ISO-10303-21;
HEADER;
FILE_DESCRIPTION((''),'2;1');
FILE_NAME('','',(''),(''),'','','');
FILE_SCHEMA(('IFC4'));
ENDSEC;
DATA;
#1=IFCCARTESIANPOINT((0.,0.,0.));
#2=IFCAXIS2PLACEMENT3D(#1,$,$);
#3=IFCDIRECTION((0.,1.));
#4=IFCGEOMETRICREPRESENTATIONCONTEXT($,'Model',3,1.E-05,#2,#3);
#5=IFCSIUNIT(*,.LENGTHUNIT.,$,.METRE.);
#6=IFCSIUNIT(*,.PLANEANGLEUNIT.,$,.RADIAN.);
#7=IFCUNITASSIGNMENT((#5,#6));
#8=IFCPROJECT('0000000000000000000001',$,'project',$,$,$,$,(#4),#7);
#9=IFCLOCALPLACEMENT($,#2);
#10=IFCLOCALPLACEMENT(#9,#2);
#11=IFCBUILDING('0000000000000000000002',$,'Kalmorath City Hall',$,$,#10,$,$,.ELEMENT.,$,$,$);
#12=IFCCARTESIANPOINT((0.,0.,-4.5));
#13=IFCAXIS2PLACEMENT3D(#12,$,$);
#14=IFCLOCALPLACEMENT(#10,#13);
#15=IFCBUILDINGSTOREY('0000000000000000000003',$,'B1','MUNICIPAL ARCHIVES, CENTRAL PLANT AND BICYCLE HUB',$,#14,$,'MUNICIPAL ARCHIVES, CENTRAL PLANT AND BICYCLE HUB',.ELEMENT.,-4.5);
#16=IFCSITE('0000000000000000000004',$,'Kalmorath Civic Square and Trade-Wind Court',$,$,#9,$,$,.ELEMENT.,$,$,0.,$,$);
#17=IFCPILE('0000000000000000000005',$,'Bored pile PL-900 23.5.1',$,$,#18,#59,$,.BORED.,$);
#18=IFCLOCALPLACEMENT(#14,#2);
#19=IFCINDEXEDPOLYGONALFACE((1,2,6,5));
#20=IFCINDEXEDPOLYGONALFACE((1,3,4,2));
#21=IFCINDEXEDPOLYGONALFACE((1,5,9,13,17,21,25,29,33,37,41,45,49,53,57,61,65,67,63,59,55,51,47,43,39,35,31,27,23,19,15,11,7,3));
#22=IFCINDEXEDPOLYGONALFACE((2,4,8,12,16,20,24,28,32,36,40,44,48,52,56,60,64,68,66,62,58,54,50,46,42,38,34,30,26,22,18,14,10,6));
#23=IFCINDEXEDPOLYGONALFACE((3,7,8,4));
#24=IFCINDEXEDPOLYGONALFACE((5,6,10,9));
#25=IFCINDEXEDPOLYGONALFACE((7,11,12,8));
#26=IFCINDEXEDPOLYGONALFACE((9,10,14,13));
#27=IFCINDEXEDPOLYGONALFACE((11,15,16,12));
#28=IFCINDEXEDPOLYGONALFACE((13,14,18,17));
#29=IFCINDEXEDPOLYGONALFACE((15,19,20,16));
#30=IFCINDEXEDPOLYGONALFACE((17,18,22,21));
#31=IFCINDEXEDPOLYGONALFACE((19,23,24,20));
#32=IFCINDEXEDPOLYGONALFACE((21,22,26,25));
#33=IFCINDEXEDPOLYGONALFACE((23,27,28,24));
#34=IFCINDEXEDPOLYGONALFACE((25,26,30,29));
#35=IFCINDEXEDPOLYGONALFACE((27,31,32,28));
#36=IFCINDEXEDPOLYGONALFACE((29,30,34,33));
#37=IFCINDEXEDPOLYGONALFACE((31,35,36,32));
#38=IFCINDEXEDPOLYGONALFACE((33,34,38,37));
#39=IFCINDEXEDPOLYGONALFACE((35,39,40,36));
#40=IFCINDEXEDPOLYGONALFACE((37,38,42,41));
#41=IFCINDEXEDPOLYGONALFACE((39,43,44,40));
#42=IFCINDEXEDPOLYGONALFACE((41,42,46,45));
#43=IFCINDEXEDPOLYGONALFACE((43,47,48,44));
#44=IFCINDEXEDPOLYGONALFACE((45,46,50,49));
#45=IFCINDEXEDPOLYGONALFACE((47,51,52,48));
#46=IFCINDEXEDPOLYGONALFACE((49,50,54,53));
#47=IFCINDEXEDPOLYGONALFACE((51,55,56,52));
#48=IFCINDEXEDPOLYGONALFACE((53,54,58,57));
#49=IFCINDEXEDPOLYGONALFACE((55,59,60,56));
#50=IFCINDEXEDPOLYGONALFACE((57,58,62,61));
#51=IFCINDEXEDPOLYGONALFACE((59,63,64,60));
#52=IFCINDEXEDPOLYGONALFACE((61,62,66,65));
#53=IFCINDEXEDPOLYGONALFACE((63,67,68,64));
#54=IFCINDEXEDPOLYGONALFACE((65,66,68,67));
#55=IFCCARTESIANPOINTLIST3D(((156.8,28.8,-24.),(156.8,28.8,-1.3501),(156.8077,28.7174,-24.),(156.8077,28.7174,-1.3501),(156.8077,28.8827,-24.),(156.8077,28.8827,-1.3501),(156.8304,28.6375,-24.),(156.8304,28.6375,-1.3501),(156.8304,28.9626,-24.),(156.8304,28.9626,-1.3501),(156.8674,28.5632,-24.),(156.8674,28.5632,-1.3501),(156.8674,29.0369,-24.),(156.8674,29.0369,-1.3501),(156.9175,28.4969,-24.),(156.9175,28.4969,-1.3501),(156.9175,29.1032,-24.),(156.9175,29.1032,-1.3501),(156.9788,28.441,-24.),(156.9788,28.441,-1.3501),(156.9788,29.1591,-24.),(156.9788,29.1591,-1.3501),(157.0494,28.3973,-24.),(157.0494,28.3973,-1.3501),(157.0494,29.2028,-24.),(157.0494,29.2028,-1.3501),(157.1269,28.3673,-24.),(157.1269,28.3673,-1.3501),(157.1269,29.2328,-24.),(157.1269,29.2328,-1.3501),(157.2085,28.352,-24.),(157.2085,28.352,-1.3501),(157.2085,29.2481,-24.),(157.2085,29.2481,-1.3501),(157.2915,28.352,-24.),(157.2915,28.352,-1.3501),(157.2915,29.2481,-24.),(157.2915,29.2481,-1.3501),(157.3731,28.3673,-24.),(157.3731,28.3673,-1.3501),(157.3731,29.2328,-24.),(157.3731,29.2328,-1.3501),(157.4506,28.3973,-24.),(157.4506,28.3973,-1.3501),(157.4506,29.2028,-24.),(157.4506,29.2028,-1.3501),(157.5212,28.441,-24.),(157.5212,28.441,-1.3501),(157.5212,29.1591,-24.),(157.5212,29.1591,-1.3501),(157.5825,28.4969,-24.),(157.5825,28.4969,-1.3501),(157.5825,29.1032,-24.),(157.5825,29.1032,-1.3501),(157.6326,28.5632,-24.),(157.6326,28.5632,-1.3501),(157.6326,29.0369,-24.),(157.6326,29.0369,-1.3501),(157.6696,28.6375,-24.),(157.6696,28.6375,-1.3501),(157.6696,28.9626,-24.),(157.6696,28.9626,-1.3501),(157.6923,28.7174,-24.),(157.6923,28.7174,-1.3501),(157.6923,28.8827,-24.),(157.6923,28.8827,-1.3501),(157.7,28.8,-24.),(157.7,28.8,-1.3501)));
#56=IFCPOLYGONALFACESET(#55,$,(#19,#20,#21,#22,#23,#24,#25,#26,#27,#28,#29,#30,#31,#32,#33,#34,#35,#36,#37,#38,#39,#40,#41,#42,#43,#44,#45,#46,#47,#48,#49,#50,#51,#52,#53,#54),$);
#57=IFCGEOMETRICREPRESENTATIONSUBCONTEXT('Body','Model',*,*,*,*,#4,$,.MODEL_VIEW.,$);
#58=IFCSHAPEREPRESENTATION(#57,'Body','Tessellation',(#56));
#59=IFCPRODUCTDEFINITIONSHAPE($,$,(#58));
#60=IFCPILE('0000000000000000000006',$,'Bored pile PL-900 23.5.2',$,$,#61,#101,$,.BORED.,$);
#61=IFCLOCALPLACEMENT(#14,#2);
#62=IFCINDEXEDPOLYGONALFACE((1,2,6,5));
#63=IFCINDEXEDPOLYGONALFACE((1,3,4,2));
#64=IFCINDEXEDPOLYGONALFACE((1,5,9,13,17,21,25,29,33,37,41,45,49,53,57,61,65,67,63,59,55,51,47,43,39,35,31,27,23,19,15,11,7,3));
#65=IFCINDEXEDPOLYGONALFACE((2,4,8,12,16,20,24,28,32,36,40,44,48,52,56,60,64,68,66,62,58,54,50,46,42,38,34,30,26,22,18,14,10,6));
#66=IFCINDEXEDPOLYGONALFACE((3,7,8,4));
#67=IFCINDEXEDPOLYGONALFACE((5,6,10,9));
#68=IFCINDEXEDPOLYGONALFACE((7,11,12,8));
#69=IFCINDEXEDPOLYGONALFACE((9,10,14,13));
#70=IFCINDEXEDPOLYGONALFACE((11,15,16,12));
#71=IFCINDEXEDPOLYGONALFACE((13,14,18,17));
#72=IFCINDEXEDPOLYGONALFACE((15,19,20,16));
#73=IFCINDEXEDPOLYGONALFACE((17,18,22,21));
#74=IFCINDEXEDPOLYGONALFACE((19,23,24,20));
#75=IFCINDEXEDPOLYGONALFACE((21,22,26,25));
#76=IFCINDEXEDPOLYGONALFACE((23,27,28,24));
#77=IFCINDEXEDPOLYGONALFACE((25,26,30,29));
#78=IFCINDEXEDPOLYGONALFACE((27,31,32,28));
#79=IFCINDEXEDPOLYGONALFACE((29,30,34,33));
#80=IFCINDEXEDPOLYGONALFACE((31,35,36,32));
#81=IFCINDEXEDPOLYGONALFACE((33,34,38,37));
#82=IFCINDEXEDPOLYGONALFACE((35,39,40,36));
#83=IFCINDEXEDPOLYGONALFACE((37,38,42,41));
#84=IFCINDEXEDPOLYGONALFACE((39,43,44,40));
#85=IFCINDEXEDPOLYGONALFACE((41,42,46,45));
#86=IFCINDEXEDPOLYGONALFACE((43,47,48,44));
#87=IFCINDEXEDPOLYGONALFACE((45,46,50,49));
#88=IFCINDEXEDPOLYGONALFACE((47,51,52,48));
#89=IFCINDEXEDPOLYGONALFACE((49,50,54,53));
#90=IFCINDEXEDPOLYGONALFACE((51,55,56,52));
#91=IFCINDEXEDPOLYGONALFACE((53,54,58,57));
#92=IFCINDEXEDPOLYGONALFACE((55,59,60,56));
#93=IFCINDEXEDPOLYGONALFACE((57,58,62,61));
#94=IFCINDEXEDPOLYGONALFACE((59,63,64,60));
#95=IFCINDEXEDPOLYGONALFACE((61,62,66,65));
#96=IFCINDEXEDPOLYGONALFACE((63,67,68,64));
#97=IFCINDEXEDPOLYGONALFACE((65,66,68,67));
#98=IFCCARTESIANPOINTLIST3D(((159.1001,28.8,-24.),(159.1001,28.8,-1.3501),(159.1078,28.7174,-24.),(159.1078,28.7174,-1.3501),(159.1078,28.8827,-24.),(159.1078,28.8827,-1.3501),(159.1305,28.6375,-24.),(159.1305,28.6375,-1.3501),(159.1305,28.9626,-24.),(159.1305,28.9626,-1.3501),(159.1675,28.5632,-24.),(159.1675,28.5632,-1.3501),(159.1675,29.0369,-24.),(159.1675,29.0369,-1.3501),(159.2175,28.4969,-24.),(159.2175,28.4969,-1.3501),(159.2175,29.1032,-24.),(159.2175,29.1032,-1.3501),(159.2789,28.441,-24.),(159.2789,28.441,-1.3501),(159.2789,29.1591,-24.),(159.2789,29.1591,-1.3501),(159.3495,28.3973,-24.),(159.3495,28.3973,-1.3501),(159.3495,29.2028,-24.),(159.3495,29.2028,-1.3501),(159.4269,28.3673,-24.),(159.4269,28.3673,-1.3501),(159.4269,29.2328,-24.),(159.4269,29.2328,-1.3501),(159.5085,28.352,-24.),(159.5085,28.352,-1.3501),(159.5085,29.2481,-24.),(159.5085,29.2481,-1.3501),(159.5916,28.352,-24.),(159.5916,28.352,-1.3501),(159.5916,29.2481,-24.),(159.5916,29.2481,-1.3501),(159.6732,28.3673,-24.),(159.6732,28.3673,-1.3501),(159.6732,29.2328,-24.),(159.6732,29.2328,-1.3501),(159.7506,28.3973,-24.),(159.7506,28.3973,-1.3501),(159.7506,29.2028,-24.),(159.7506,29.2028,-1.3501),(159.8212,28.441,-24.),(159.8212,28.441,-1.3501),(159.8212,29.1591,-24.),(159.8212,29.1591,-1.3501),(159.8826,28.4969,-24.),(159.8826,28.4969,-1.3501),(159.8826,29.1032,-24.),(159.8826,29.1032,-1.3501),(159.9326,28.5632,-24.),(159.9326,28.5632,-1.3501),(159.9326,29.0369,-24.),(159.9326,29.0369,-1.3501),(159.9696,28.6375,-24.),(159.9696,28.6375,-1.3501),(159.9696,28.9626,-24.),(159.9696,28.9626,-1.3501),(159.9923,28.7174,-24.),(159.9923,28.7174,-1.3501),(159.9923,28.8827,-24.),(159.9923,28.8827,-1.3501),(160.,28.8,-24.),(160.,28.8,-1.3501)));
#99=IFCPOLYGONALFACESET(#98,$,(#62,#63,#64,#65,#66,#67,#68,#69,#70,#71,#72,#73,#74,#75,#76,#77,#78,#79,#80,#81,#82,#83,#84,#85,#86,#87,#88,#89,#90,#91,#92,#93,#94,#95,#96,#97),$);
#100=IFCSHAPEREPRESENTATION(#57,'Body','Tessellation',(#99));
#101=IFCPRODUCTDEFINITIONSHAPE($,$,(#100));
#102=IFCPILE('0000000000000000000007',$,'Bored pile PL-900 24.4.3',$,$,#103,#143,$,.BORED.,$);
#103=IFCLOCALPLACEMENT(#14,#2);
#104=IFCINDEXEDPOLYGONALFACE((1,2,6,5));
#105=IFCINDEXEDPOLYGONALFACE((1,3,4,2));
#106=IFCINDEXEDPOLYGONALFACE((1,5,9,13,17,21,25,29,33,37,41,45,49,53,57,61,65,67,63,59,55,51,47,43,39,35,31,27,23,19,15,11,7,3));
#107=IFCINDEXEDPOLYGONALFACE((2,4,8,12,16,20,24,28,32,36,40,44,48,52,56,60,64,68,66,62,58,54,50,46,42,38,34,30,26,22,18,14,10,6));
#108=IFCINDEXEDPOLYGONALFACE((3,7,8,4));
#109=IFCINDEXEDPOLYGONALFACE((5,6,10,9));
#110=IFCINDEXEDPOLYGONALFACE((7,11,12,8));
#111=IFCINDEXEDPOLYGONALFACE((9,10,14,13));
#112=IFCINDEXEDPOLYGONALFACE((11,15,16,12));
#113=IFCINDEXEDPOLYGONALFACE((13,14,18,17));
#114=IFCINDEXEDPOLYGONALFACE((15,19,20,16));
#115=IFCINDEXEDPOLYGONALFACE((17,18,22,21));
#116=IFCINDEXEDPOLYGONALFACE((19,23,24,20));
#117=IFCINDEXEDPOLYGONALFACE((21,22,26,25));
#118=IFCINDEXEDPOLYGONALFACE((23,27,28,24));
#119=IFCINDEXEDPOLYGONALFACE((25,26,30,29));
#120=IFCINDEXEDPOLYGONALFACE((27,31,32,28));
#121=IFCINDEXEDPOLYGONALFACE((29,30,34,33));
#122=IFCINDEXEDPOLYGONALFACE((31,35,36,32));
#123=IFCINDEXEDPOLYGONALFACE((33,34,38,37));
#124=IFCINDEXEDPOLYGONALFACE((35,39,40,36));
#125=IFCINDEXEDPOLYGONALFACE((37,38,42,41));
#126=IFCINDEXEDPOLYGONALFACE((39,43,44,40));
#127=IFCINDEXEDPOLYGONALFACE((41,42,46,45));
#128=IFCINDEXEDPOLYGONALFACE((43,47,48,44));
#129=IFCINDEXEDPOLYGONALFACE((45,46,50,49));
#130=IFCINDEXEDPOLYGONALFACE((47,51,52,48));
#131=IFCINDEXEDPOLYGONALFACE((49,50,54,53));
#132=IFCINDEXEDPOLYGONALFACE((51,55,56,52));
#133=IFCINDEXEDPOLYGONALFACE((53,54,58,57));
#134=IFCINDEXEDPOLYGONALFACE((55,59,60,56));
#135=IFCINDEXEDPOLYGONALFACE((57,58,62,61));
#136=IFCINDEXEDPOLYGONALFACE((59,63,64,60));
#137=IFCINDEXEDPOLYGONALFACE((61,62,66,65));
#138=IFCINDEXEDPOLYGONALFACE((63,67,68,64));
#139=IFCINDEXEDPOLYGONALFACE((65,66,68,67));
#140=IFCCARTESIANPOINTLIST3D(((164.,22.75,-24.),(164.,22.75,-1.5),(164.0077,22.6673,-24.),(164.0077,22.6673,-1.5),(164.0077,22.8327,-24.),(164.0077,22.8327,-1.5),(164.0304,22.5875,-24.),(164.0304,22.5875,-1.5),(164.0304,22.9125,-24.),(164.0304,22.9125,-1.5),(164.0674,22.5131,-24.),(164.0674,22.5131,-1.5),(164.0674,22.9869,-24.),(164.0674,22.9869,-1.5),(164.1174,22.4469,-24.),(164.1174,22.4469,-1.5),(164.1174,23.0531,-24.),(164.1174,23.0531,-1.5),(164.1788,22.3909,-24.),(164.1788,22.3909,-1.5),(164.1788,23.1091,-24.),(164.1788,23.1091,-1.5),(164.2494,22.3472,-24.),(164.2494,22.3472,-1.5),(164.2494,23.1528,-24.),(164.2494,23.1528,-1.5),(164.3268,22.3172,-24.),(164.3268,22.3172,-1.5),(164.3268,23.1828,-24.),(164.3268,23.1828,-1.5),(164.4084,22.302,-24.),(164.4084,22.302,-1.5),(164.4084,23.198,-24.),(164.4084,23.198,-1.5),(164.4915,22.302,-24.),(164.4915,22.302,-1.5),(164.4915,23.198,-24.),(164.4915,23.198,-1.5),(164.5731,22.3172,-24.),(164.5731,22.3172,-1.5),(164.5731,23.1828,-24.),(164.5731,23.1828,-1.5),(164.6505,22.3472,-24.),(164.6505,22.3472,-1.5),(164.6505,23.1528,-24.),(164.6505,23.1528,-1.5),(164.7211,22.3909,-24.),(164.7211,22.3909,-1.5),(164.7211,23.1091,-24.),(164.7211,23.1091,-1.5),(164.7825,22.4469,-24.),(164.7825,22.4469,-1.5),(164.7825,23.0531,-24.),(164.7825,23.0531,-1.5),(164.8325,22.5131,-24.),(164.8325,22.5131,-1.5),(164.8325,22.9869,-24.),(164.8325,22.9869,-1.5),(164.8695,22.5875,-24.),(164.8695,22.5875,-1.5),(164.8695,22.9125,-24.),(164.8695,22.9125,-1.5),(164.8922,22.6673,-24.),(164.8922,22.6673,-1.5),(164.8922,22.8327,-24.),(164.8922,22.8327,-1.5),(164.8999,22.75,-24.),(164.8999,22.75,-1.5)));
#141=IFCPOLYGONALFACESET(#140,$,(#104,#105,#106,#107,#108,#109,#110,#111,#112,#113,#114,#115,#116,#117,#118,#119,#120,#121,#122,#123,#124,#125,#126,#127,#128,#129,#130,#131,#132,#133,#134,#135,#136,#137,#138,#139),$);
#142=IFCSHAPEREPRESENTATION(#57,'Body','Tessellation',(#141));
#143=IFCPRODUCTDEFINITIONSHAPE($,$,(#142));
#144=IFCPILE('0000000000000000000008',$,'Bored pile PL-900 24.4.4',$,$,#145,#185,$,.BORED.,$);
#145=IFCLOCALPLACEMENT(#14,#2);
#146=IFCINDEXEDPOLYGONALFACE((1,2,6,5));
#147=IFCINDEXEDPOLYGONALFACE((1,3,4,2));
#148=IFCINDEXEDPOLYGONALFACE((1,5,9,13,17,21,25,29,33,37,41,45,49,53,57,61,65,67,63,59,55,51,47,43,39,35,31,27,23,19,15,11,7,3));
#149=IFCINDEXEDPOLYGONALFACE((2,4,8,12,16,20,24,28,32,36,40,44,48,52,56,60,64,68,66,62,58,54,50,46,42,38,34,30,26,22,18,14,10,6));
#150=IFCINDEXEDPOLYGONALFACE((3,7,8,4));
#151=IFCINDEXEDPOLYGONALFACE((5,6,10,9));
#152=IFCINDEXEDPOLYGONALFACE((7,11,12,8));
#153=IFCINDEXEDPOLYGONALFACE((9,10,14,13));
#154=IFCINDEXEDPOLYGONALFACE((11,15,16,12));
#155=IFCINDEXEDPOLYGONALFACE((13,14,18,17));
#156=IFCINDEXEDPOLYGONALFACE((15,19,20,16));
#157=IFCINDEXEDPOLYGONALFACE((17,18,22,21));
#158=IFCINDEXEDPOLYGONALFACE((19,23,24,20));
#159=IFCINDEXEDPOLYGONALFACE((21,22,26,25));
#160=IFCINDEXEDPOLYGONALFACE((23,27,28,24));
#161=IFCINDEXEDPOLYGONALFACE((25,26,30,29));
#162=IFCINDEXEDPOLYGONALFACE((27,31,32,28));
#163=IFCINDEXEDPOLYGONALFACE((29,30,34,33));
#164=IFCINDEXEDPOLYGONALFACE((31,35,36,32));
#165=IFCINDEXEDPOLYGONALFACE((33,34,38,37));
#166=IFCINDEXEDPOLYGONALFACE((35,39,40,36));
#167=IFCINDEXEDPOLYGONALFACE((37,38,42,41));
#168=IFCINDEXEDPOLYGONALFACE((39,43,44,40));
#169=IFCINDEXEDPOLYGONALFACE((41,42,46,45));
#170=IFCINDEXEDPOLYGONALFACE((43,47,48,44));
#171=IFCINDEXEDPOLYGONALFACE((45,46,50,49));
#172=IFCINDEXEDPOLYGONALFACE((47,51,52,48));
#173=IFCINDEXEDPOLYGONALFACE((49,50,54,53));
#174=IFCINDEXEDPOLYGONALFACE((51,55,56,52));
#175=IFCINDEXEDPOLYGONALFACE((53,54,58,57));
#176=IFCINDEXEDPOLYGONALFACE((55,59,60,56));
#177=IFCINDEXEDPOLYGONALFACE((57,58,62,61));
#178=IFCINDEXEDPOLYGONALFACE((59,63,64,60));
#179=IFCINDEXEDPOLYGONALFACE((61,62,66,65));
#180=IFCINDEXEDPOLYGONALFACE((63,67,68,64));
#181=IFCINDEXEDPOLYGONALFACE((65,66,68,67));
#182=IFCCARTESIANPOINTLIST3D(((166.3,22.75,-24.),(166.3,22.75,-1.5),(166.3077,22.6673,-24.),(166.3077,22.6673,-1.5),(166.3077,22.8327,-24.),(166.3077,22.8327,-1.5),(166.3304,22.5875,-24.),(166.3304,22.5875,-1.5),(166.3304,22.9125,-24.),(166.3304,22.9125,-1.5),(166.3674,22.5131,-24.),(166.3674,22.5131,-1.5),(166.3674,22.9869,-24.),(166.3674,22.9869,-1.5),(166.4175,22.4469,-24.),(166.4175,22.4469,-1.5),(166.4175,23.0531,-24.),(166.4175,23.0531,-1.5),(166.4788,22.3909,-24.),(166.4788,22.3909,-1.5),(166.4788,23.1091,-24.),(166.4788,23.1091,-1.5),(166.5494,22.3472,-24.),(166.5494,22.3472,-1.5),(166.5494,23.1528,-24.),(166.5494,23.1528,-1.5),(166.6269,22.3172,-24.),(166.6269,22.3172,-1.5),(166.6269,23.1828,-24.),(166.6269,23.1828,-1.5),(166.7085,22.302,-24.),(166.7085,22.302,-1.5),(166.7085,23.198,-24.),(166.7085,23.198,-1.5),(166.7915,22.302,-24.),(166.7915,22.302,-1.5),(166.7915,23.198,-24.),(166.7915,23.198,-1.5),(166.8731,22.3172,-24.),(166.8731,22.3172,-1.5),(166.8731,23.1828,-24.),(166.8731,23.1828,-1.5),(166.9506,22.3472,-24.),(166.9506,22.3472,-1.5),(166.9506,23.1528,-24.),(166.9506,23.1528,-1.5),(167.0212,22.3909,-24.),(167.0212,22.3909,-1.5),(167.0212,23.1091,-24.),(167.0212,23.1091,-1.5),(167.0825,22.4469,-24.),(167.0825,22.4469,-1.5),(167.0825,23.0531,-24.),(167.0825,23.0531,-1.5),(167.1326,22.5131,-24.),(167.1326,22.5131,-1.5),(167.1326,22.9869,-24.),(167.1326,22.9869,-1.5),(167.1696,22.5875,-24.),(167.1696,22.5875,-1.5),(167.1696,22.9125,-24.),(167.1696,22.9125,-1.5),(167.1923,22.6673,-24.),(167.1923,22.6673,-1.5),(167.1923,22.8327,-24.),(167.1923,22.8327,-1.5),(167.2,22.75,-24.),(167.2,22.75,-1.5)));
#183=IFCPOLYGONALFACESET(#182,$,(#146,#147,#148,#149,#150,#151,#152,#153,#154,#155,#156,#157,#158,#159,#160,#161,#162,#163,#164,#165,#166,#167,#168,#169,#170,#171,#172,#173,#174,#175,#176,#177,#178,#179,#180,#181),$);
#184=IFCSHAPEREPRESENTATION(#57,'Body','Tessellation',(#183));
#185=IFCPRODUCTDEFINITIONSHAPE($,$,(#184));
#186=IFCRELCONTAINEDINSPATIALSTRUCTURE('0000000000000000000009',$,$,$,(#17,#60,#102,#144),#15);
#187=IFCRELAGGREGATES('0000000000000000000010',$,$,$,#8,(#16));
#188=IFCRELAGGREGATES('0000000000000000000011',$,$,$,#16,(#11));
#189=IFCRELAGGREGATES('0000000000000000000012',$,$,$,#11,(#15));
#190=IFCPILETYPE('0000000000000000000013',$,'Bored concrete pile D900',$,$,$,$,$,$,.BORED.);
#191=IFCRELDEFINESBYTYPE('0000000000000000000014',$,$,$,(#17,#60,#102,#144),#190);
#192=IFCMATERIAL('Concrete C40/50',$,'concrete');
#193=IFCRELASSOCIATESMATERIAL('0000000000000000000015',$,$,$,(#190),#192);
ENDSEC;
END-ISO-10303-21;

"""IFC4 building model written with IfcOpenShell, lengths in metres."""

from ifc_helpers import new_model, si_unit, direction, frame, origin, origin_2d, place, context, subcontext, project, spatial, circle, extrude, material, material_profile, profile_set, type_object, element, save


model = new_model("IFC4")

# Units and contexts
model_context = context("Model", 3, precision=1e-05, world=origin(), true_north=direction((0.0, 1.0)))
body_context = subcontext(model_context, "Body", "Model", "MODEL_VIEW")
ifc_project = project(units=[si_unit("LENGTHUNIT", "METRE"), si_unit("PLANEANGLEUNIT", "RADIAN")], contexts=[model_context])

# Site, building, storey
site_placement = place(None, origin())
site = spatial("IfcSite", under=ifc_project, at=site_placement, Name="Kalmorath Civic Square and Trade-Wind Court", CompositionType="ELEMENT", RefElevation=0.0)
building_placement = place(site_placement, origin())
building = spatial("IfcBuilding", under=site, at=building_placement, Name="Kalmorath City Hall", CompositionType="ELEMENT")
storey_placement = place(building_placement, frame((0.0, 0.0, -4.5)))
storey = spatial("IfcBuildingStorey", under=building, at=storey_placement, Name="B1", Description="MUNICIPAL ARCHIVES, CENTRAL PLANT AND BICYCLE HUB", LongName="MUNICIPAL ARCHIVES, CENTRAL PLANT AND BICYCLE HUB", CompositionType="ELEMENT", Elevation=-4.5)

# Piles
ifc_material_1 = material(Name="Concrete C40/50", Category="concrete")
ifc_material_profile_1 = material_profile(ifc_material_1, circle(Radius=0.45, at=origin_2d()), Name="PILE-D900")
ifc_profile_set_1 = profile_set([ifc_material_profile_1], Name="Concrete C40/50")
pile_type = type_object("IfcPileType", Name="Bored concrete pile D900", PredefinedType="BORED", material=ifc_profile_set_1)
for number, where, z_axis, x_axis, name in (
    (1, (157.25, 28.8, -1.3501), (0.0, 0.0, -1.0), (1.0, 0.0, 0.0), "Bored pile PL-900 23.5.1"),
    (2, (159.55, 28.8, -1.3501), (0.0, 0.0, -1.0), (1.0, 0.0, 0.0), "Bored pile PL-900 23.5.2"),
):
    element("IfcPile", number, at=place(storey_placement, frame(where, z_axis=z_axis, x_axis=x_axis)), inside=storey, type_object=pile_type, Name=name, PredefinedType="BORED", context=body_context, shape_type="SweptSolid", body=[
        extrude(circle(Radius=0.45, at=origin_2d()), origin(), (0.0, 0.0, 1.0), 22.6499),
    ])
for number, where, z_axis, x_axis, name in (
    (3, (164.45, 22.75, -1.5), (0.0, 0.0, -1.0), (1.0, 0.0, 0.0), "Bored pile PL-900 24.4.3"),
    (4, (166.75, 22.75, -1.5), (0.0, 0.0, -1.0), (1.0, 0.0, 0.0), "Bored pile PL-900 24.4.4"),
):
    element("IfcPile", number, at=place(storey_placement, frame(where, z_axis=z_axis, x_axis=x_axis)), inside=storey, type_object=pile_type, Name=name, PredefinedType="BORED", context=body_context, shape_type="SweptSolid", body=[
        extrude(circle(Radius=0.45, at=origin_2d()), origin(), (0.0, 0.0, 1.0), 22.5),
    ])

save(model, "model.ifc")
